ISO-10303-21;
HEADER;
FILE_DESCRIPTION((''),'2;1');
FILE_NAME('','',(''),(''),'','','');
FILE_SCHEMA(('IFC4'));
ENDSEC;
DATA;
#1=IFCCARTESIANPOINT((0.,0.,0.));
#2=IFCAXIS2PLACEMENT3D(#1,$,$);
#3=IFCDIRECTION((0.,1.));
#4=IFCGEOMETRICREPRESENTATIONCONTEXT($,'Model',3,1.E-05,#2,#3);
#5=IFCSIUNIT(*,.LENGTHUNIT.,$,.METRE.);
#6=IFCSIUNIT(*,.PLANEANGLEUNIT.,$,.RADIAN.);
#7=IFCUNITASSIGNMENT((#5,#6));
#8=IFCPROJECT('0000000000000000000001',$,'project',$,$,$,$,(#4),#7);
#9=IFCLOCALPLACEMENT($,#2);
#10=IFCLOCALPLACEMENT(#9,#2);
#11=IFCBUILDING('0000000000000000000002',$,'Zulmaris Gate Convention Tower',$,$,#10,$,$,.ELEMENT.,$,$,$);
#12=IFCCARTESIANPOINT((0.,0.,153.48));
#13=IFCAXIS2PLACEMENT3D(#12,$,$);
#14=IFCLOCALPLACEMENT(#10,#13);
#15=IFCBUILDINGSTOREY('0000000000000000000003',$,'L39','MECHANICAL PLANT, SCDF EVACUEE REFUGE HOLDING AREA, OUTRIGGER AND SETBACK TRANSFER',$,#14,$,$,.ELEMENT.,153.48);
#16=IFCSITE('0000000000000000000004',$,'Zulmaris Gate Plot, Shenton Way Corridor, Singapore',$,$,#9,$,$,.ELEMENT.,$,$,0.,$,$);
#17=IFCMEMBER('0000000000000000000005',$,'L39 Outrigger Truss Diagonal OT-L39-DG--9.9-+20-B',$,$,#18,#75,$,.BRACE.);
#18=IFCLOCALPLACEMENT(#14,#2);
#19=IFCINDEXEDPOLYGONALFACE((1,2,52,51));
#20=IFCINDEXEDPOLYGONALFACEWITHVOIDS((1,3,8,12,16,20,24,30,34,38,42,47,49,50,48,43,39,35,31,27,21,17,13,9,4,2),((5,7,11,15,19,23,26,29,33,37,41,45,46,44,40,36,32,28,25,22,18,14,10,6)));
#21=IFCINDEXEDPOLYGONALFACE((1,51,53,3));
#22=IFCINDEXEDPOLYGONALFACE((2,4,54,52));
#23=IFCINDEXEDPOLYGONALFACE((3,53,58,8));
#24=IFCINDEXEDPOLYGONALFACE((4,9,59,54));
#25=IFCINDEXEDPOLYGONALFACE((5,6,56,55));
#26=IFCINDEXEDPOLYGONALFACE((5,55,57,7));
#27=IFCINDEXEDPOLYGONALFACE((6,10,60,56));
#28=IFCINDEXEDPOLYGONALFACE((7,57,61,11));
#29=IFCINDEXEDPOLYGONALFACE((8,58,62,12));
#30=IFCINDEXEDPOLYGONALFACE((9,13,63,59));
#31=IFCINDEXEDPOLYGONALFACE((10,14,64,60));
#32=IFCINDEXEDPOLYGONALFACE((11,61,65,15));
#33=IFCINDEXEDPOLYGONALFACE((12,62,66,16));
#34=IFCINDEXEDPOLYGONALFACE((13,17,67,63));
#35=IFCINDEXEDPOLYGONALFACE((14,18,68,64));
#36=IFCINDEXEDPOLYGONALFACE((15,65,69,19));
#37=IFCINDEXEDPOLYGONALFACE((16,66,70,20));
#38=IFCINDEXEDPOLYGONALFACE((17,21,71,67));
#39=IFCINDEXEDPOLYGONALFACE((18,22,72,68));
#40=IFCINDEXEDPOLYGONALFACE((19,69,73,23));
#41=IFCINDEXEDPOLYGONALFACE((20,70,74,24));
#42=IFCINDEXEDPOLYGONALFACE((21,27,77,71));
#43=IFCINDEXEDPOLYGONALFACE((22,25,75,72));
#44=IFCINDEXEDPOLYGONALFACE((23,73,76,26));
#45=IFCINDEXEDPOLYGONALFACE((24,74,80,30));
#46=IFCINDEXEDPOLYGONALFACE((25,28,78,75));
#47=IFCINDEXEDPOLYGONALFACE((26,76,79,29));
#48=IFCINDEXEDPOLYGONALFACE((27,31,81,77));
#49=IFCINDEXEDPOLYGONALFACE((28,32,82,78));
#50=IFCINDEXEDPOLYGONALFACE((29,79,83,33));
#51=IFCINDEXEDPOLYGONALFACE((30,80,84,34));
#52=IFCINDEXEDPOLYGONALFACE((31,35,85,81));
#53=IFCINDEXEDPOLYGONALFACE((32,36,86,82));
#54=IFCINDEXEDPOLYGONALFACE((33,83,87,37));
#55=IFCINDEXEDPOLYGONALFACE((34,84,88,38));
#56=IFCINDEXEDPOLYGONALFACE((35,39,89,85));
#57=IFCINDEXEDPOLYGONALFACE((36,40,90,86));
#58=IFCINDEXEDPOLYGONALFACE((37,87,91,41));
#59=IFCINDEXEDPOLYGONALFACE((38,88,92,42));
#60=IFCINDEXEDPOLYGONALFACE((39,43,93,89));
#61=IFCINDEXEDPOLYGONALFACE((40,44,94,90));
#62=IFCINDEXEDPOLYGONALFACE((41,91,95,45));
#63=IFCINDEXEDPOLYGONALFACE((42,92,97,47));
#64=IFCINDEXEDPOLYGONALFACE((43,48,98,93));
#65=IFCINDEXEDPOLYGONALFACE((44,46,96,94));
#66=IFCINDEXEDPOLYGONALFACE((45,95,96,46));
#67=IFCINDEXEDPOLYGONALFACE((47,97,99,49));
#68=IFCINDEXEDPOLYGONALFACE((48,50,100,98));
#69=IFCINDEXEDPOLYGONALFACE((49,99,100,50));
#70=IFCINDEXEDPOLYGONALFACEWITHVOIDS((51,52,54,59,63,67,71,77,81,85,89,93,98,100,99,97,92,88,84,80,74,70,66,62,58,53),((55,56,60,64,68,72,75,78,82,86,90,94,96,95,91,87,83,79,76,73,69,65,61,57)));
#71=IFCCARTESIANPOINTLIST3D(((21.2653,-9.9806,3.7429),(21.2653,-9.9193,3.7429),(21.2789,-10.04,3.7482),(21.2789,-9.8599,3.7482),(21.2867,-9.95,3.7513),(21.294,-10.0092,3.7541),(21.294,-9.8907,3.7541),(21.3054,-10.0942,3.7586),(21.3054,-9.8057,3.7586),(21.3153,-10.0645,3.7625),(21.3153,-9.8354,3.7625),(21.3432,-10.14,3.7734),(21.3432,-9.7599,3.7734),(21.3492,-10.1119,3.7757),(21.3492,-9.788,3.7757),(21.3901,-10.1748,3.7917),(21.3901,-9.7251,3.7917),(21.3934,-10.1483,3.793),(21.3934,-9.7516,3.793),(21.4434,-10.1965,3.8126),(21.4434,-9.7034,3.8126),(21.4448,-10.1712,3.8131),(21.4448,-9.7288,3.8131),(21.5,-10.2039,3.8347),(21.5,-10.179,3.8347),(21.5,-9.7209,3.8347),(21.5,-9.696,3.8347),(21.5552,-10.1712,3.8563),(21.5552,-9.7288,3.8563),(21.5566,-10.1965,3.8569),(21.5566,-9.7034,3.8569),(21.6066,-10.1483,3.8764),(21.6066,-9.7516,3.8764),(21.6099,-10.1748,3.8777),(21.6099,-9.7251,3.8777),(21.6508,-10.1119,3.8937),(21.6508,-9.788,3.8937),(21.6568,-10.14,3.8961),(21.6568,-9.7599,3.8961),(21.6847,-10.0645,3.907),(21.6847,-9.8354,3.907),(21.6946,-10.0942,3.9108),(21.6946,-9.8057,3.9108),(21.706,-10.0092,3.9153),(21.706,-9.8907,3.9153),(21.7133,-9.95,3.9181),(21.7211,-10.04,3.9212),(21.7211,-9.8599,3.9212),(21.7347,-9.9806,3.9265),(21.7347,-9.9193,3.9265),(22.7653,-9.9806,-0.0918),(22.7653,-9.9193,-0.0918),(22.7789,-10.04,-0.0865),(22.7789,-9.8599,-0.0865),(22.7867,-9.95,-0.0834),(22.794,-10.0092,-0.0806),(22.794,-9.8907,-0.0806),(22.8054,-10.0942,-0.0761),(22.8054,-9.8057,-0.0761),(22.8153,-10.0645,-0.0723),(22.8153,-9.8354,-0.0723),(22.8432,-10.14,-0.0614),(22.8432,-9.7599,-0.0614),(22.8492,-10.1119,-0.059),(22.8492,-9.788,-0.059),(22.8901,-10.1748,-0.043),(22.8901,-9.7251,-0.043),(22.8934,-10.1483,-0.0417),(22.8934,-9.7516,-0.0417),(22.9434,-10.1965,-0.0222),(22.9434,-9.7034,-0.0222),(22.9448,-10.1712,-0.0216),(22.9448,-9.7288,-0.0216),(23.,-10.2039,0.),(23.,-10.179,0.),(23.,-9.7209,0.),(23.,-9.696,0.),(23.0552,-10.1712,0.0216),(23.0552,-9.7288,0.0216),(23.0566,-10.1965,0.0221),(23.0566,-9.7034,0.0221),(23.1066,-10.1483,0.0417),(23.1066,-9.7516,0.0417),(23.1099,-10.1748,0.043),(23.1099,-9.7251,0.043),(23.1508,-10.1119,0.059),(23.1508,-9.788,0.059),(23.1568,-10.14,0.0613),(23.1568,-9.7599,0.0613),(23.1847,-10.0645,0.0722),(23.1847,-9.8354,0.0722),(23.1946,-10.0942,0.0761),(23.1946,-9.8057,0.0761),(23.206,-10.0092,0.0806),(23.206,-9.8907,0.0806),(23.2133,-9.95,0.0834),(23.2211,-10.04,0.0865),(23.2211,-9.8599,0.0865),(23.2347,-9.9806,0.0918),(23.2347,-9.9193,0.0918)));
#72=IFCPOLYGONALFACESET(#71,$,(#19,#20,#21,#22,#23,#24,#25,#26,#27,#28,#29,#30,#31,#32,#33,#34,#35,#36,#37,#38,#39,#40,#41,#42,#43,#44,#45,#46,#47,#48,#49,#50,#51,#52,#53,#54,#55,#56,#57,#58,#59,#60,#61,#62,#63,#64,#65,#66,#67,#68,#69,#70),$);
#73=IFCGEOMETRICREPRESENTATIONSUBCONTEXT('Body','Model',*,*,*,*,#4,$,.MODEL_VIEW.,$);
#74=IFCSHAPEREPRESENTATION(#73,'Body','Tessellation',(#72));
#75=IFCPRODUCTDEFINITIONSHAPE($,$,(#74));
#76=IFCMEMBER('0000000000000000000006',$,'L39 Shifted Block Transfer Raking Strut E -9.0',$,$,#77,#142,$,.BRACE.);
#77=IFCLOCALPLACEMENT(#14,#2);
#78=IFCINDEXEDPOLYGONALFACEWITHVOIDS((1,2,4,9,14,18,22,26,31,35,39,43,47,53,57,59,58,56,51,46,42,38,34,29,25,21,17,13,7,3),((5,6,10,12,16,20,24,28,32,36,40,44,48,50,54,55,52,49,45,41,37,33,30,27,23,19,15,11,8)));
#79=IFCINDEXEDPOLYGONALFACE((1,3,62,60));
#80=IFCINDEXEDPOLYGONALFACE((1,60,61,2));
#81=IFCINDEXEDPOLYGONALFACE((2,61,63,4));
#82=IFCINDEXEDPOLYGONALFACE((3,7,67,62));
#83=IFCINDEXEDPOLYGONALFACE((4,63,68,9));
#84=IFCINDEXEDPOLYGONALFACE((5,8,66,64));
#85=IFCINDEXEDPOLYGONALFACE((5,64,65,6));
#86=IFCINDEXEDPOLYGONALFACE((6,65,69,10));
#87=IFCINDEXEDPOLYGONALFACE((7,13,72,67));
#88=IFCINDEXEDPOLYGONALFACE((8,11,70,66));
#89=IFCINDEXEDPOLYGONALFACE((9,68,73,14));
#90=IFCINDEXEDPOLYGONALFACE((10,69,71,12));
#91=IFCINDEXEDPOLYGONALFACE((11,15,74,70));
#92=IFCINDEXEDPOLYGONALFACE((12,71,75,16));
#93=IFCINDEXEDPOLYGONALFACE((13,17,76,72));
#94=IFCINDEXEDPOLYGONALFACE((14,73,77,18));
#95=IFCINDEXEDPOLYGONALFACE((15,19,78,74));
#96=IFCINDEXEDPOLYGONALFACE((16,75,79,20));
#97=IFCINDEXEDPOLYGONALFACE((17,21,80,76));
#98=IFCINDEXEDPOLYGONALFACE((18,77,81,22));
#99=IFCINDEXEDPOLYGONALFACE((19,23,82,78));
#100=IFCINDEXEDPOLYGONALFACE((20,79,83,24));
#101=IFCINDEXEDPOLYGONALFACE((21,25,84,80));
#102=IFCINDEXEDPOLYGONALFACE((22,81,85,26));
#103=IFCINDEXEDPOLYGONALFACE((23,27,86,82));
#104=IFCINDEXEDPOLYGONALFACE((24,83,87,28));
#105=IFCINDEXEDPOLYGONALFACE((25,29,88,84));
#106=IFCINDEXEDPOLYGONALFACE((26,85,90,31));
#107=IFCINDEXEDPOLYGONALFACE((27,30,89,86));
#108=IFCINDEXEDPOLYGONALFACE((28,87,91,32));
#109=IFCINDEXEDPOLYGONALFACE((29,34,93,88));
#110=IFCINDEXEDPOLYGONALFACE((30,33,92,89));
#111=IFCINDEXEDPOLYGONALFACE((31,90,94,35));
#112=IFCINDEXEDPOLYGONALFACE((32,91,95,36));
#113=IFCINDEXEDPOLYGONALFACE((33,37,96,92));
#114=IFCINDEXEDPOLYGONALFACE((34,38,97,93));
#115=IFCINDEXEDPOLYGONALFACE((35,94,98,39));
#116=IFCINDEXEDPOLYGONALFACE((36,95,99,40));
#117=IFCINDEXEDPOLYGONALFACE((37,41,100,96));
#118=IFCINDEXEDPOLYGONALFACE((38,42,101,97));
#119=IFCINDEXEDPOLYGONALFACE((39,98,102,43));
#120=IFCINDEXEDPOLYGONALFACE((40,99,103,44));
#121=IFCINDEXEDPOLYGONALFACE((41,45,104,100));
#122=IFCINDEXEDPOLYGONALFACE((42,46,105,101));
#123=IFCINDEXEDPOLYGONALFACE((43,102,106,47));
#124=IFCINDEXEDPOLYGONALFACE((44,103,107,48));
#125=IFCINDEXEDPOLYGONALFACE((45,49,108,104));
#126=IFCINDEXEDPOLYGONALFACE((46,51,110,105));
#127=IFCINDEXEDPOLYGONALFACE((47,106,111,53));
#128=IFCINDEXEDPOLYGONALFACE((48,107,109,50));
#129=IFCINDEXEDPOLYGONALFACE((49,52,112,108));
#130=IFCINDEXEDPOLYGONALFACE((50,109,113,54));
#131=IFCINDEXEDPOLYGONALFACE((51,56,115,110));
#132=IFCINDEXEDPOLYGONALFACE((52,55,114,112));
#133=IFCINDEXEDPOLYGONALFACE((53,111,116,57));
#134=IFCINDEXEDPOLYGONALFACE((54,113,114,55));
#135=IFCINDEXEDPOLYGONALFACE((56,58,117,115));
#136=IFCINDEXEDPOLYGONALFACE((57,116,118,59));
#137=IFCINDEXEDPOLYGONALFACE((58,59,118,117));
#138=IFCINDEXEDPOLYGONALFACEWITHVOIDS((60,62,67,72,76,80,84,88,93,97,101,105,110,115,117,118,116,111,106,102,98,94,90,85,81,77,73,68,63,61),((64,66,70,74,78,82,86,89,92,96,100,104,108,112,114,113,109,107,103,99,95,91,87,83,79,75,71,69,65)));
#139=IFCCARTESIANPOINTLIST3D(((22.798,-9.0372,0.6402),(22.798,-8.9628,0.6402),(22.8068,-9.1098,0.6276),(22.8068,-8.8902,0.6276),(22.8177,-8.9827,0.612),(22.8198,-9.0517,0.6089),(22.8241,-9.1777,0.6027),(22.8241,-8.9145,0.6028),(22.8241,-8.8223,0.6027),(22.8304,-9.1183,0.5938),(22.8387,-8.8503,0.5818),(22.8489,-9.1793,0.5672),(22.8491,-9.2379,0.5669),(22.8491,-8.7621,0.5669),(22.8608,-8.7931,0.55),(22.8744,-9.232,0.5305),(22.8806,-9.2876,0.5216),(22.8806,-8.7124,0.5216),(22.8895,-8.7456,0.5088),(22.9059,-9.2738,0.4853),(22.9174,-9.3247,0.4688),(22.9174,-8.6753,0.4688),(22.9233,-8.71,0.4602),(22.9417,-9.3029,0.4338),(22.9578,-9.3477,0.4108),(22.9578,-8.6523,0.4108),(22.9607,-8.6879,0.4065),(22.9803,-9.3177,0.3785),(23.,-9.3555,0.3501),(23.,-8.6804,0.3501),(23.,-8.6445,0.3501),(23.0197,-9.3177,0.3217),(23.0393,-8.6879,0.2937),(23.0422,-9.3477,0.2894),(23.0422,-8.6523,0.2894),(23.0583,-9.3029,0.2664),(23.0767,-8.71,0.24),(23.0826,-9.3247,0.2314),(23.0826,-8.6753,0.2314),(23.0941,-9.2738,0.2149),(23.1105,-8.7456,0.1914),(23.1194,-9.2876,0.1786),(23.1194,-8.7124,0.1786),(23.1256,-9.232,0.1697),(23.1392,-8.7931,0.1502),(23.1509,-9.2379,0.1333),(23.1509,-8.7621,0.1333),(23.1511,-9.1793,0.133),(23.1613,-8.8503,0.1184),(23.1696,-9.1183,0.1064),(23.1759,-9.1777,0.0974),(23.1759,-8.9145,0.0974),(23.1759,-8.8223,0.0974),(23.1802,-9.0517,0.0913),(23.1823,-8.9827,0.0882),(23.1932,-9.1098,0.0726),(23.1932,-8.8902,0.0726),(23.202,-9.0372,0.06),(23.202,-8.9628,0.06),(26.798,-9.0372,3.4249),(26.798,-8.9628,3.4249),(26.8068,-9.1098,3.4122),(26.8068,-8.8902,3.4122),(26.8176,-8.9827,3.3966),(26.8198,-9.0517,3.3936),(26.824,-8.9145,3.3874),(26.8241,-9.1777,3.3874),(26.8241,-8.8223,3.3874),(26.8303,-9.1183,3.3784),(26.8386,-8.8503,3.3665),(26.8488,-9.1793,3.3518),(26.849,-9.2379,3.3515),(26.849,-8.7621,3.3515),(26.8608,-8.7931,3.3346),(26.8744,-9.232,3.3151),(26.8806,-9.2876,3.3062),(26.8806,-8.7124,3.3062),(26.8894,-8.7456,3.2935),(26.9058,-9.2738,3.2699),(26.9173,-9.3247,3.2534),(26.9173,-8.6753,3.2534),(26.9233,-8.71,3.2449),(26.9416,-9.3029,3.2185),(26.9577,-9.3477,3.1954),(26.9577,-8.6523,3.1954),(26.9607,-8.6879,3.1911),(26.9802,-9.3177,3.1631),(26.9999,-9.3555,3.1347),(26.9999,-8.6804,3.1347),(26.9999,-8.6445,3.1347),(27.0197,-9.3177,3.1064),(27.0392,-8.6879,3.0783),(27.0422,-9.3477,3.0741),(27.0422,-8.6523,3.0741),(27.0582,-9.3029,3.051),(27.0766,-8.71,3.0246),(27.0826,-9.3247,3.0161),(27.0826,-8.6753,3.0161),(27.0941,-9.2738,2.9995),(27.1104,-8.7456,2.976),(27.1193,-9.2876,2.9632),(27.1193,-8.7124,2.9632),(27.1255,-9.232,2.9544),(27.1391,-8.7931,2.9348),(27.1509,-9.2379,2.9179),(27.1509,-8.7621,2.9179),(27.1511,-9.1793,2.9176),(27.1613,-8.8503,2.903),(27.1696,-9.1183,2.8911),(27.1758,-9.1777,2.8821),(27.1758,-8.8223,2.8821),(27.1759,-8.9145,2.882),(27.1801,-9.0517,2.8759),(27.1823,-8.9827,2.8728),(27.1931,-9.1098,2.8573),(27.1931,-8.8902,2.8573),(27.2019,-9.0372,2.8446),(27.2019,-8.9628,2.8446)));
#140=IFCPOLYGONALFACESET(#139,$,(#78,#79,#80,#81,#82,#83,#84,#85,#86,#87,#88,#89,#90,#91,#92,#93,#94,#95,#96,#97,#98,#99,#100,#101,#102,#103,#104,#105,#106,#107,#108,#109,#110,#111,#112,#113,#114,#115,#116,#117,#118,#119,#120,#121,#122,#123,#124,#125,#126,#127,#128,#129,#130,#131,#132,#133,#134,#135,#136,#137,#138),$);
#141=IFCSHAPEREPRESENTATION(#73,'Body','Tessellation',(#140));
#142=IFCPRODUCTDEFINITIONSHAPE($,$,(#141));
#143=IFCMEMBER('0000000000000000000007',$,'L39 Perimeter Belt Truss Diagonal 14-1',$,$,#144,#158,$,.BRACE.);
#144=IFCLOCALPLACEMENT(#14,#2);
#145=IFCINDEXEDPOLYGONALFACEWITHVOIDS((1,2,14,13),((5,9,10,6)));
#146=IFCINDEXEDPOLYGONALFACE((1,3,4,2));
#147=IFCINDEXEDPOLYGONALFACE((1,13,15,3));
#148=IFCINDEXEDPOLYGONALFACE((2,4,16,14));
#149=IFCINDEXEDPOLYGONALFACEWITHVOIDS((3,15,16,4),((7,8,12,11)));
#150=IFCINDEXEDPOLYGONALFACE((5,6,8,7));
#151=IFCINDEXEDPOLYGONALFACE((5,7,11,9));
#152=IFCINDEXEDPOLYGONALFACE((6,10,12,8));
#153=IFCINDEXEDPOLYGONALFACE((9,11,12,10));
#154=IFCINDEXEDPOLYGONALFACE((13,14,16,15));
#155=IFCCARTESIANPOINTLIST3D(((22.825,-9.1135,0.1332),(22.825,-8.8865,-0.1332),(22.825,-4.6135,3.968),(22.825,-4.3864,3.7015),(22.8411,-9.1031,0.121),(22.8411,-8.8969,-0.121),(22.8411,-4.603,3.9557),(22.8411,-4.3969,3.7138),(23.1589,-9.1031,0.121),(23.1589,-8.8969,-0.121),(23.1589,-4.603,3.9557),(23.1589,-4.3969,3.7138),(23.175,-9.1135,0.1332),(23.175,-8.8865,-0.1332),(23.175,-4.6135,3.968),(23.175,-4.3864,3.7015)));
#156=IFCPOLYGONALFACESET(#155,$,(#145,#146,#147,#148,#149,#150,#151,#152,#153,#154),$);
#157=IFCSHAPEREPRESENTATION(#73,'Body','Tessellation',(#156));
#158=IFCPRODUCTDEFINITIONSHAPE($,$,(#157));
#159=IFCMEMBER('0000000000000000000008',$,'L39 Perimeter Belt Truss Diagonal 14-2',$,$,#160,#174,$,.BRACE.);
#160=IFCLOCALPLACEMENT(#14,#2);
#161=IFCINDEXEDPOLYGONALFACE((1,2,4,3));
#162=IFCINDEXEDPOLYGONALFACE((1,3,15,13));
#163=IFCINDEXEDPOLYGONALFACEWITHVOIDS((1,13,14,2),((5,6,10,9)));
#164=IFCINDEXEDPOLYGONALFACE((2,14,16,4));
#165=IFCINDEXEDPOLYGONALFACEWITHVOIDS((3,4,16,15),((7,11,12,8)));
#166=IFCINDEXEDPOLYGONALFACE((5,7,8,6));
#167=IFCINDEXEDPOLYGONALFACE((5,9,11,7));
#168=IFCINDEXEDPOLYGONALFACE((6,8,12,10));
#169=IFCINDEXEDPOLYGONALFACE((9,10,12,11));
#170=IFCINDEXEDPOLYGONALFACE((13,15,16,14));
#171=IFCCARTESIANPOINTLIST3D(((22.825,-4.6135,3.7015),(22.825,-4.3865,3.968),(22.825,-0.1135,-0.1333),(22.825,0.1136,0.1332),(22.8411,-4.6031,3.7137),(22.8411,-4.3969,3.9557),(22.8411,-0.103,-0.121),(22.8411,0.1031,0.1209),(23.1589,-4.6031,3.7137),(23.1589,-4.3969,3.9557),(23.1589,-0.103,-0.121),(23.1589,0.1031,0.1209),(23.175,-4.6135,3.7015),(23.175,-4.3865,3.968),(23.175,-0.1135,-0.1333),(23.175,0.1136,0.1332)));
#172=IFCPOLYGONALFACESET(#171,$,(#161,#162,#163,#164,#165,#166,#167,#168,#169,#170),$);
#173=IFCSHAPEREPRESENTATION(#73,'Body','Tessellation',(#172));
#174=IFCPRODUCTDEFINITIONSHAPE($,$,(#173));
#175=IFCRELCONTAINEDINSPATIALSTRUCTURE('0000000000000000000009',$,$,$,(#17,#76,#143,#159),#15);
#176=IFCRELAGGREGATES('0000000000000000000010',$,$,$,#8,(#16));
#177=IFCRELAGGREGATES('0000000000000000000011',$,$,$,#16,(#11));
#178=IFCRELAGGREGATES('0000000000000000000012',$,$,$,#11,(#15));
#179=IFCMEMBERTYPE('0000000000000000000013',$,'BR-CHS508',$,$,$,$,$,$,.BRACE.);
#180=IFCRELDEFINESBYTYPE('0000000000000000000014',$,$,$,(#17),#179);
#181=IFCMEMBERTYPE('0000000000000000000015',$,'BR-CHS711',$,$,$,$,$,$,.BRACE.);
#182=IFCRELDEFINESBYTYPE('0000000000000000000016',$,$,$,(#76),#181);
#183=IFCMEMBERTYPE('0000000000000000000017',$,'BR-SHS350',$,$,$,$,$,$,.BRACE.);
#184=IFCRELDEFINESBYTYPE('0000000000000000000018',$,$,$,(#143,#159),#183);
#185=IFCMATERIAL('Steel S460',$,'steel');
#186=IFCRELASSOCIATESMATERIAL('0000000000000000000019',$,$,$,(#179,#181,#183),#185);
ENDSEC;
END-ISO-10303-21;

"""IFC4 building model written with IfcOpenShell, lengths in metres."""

from ifc_helpers import new_model, si_unit, direction, frame, origin, origin_2d, place, context, subcontext, project, spatial, hollow_rectangle, hollow_circle, extrude, material, material_profile, profile_set, type_object, element, save


model = new_model("IFC4")

# Units and contexts
model_context = context("Model", 3, precision=1e-05, world=origin(), true_north=direction((0.0, 1.0)))
body_context = subcontext(model_context, "Body", "Model", "MODEL_VIEW")
ifc_project = project(units=[si_unit("LENGTHUNIT", "METRE"), si_unit("PLANEANGLEUNIT", "RADIAN")], contexts=[model_context])

# Site, building, storey
site_placement = place(None, origin())
site = spatial("IfcSite", under=ifc_project, at=site_placement, Name="Zulmaris Gate Plot, Shenton Way Corridor, Singapore", CompositionType="ELEMENT", RefElevation=0.0)
building_placement = place(site_placement, origin())
building = spatial("IfcBuilding", under=site, at=building_placement, Name="Zulmaris Gate Convention Tower", CompositionType="ELEMENT")
storey_placement = place(building_placement, frame((0.0, 0.0, 153.48)))
storey = spatial("IfcBuildingStorey", under=building, at=storey_placement, Name="L39", Description="MECHANICAL PLANT, SCDF EVACUEE REFUGE HOLDING AREA, OUTRIGGER AND SETBACK TRANSFER", CompositionType="ELEMENT", Elevation=153.48)

# Shared definitions
ifc_material_1 = material(Name="Steel S460", Category="steel")

# Members
ifc_material_profile_1 = material_profile(ifc_material_1, hollow_circle(Radius=0.2539, WallThickness=0.0249, at=origin_2d()), Name="CHS 508x25")
ifc_profile_set_1 = profile_set([ifc_material_profile_1], Name="Steel S460")
member_type_1 = type_object("IfcMemberType", Name="BR-CHS508", PredefinedType="BRACE", material=ifc_profile_set_1)
for number, where, z_axis, x_axis, name in (
    (1, (21.5, -9.95, 3.8347), (0.364285, 0.0, -0.931287), (0.0, 1.0, 0.0), "L39 Outrigger Truss Diagonal OT-L39-DG--9.9-+20-B"),
):
    element("IfcMember", number, at=place(storey_placement, frame(where, z_axis=z_axis, x_axis=x_axis)), inside=storey, type_object=member_type_1, Name=name, PredefinedType="BRACE", context=body_context, shape_type="SweptSolid", body=[
        extrude(hollow_circle(Radius=0.2539, WallThickness=0.0249, at=origin_2d()), origin(), (0.0, 0.0, 1.0), 4.1177),
    ])
ifc_material_profile_2 = material_profile(ifc_material_1, hollow_circle(Radius=0.3555, WallThickness=0.0359, at=origin_2d()), Name="CHS 711x36")
ifc_profile_set_2 = profile_set([ifc_material_profile_2], Name="Steel S460")
member_type_2 = type_object("IfcMemberType", Name="BR-CHS711", PredefinedType="BRACE", material=ifc_profile_set_2)
member_placement = place(storey_placement, frame((23.0, -9.0, 0.3501), z_axis=(0.820707, 0.0, 0.571349), x_axis=(0.0, 1.0, 0.0)))
element("IfcMember", 2, at=member_placement, inside=storey, type_object=member_type_2, Name="L39 Shifted Block Transfer Raking Strut E -9.0", PredefinedType="BRACE", context=body_context, shape_type="SweptSolid", body=[
    extrude(hollow_circle(Radius=0.3555, WallThickness=0.0359, at=origin_2d()), origin(), (0.0, 0.0, 1.0), 4.8738),
])
ifc_material_profile_3 = material_profile(ifc_material_1, hollow_rectangle(XDim=0.3501, YDim=0.3501, WallThickness=0.0161, at=origin_2d()), Name="SHS 350x350x16")
ifc_profile_set_3 = profile_set([ifc_material_profile_3], Name="Steel S460")
member_type_3 = type_object("IfcMemberType", Name="BR-SHS350", PredefinedType="BRACE", material=ifc_profile_set_3)
for number, where, z_axis, x_axis, name in (
    (3, (23.0, -9.0, 0.0), (0.0, 0.761128, 0.648602), (-1.0, 0.0, 0.0), "L39 Perimeter Belt Truss Diagonal 14-1"),
    (4, (23.0, -4.5, 3.8347), (0.0, 0.761128, -0.648602), (-1.0, 0.0, 0.0), "L39 Perimeter Belt Truss Diagonal 14-2"),
):
    element("IfcMember", number, at=place(storey_placement, frame(where, z_axis=z_axis, x_axis=x_axis)), inside=storey, type_object=member_type_3, Name=name, PredefinedType="BRACE", context=body_context, shape_type="SweptSolid", body=[
        extrude(hollow_rectangle(XDim=0.3501, YDim=0.3501, WallThickness=0.0161, at=origin_2d()), origin(), (0.0, 0.0, 1.0), 5.9124),
    ])

save(model, "model.ifc")
